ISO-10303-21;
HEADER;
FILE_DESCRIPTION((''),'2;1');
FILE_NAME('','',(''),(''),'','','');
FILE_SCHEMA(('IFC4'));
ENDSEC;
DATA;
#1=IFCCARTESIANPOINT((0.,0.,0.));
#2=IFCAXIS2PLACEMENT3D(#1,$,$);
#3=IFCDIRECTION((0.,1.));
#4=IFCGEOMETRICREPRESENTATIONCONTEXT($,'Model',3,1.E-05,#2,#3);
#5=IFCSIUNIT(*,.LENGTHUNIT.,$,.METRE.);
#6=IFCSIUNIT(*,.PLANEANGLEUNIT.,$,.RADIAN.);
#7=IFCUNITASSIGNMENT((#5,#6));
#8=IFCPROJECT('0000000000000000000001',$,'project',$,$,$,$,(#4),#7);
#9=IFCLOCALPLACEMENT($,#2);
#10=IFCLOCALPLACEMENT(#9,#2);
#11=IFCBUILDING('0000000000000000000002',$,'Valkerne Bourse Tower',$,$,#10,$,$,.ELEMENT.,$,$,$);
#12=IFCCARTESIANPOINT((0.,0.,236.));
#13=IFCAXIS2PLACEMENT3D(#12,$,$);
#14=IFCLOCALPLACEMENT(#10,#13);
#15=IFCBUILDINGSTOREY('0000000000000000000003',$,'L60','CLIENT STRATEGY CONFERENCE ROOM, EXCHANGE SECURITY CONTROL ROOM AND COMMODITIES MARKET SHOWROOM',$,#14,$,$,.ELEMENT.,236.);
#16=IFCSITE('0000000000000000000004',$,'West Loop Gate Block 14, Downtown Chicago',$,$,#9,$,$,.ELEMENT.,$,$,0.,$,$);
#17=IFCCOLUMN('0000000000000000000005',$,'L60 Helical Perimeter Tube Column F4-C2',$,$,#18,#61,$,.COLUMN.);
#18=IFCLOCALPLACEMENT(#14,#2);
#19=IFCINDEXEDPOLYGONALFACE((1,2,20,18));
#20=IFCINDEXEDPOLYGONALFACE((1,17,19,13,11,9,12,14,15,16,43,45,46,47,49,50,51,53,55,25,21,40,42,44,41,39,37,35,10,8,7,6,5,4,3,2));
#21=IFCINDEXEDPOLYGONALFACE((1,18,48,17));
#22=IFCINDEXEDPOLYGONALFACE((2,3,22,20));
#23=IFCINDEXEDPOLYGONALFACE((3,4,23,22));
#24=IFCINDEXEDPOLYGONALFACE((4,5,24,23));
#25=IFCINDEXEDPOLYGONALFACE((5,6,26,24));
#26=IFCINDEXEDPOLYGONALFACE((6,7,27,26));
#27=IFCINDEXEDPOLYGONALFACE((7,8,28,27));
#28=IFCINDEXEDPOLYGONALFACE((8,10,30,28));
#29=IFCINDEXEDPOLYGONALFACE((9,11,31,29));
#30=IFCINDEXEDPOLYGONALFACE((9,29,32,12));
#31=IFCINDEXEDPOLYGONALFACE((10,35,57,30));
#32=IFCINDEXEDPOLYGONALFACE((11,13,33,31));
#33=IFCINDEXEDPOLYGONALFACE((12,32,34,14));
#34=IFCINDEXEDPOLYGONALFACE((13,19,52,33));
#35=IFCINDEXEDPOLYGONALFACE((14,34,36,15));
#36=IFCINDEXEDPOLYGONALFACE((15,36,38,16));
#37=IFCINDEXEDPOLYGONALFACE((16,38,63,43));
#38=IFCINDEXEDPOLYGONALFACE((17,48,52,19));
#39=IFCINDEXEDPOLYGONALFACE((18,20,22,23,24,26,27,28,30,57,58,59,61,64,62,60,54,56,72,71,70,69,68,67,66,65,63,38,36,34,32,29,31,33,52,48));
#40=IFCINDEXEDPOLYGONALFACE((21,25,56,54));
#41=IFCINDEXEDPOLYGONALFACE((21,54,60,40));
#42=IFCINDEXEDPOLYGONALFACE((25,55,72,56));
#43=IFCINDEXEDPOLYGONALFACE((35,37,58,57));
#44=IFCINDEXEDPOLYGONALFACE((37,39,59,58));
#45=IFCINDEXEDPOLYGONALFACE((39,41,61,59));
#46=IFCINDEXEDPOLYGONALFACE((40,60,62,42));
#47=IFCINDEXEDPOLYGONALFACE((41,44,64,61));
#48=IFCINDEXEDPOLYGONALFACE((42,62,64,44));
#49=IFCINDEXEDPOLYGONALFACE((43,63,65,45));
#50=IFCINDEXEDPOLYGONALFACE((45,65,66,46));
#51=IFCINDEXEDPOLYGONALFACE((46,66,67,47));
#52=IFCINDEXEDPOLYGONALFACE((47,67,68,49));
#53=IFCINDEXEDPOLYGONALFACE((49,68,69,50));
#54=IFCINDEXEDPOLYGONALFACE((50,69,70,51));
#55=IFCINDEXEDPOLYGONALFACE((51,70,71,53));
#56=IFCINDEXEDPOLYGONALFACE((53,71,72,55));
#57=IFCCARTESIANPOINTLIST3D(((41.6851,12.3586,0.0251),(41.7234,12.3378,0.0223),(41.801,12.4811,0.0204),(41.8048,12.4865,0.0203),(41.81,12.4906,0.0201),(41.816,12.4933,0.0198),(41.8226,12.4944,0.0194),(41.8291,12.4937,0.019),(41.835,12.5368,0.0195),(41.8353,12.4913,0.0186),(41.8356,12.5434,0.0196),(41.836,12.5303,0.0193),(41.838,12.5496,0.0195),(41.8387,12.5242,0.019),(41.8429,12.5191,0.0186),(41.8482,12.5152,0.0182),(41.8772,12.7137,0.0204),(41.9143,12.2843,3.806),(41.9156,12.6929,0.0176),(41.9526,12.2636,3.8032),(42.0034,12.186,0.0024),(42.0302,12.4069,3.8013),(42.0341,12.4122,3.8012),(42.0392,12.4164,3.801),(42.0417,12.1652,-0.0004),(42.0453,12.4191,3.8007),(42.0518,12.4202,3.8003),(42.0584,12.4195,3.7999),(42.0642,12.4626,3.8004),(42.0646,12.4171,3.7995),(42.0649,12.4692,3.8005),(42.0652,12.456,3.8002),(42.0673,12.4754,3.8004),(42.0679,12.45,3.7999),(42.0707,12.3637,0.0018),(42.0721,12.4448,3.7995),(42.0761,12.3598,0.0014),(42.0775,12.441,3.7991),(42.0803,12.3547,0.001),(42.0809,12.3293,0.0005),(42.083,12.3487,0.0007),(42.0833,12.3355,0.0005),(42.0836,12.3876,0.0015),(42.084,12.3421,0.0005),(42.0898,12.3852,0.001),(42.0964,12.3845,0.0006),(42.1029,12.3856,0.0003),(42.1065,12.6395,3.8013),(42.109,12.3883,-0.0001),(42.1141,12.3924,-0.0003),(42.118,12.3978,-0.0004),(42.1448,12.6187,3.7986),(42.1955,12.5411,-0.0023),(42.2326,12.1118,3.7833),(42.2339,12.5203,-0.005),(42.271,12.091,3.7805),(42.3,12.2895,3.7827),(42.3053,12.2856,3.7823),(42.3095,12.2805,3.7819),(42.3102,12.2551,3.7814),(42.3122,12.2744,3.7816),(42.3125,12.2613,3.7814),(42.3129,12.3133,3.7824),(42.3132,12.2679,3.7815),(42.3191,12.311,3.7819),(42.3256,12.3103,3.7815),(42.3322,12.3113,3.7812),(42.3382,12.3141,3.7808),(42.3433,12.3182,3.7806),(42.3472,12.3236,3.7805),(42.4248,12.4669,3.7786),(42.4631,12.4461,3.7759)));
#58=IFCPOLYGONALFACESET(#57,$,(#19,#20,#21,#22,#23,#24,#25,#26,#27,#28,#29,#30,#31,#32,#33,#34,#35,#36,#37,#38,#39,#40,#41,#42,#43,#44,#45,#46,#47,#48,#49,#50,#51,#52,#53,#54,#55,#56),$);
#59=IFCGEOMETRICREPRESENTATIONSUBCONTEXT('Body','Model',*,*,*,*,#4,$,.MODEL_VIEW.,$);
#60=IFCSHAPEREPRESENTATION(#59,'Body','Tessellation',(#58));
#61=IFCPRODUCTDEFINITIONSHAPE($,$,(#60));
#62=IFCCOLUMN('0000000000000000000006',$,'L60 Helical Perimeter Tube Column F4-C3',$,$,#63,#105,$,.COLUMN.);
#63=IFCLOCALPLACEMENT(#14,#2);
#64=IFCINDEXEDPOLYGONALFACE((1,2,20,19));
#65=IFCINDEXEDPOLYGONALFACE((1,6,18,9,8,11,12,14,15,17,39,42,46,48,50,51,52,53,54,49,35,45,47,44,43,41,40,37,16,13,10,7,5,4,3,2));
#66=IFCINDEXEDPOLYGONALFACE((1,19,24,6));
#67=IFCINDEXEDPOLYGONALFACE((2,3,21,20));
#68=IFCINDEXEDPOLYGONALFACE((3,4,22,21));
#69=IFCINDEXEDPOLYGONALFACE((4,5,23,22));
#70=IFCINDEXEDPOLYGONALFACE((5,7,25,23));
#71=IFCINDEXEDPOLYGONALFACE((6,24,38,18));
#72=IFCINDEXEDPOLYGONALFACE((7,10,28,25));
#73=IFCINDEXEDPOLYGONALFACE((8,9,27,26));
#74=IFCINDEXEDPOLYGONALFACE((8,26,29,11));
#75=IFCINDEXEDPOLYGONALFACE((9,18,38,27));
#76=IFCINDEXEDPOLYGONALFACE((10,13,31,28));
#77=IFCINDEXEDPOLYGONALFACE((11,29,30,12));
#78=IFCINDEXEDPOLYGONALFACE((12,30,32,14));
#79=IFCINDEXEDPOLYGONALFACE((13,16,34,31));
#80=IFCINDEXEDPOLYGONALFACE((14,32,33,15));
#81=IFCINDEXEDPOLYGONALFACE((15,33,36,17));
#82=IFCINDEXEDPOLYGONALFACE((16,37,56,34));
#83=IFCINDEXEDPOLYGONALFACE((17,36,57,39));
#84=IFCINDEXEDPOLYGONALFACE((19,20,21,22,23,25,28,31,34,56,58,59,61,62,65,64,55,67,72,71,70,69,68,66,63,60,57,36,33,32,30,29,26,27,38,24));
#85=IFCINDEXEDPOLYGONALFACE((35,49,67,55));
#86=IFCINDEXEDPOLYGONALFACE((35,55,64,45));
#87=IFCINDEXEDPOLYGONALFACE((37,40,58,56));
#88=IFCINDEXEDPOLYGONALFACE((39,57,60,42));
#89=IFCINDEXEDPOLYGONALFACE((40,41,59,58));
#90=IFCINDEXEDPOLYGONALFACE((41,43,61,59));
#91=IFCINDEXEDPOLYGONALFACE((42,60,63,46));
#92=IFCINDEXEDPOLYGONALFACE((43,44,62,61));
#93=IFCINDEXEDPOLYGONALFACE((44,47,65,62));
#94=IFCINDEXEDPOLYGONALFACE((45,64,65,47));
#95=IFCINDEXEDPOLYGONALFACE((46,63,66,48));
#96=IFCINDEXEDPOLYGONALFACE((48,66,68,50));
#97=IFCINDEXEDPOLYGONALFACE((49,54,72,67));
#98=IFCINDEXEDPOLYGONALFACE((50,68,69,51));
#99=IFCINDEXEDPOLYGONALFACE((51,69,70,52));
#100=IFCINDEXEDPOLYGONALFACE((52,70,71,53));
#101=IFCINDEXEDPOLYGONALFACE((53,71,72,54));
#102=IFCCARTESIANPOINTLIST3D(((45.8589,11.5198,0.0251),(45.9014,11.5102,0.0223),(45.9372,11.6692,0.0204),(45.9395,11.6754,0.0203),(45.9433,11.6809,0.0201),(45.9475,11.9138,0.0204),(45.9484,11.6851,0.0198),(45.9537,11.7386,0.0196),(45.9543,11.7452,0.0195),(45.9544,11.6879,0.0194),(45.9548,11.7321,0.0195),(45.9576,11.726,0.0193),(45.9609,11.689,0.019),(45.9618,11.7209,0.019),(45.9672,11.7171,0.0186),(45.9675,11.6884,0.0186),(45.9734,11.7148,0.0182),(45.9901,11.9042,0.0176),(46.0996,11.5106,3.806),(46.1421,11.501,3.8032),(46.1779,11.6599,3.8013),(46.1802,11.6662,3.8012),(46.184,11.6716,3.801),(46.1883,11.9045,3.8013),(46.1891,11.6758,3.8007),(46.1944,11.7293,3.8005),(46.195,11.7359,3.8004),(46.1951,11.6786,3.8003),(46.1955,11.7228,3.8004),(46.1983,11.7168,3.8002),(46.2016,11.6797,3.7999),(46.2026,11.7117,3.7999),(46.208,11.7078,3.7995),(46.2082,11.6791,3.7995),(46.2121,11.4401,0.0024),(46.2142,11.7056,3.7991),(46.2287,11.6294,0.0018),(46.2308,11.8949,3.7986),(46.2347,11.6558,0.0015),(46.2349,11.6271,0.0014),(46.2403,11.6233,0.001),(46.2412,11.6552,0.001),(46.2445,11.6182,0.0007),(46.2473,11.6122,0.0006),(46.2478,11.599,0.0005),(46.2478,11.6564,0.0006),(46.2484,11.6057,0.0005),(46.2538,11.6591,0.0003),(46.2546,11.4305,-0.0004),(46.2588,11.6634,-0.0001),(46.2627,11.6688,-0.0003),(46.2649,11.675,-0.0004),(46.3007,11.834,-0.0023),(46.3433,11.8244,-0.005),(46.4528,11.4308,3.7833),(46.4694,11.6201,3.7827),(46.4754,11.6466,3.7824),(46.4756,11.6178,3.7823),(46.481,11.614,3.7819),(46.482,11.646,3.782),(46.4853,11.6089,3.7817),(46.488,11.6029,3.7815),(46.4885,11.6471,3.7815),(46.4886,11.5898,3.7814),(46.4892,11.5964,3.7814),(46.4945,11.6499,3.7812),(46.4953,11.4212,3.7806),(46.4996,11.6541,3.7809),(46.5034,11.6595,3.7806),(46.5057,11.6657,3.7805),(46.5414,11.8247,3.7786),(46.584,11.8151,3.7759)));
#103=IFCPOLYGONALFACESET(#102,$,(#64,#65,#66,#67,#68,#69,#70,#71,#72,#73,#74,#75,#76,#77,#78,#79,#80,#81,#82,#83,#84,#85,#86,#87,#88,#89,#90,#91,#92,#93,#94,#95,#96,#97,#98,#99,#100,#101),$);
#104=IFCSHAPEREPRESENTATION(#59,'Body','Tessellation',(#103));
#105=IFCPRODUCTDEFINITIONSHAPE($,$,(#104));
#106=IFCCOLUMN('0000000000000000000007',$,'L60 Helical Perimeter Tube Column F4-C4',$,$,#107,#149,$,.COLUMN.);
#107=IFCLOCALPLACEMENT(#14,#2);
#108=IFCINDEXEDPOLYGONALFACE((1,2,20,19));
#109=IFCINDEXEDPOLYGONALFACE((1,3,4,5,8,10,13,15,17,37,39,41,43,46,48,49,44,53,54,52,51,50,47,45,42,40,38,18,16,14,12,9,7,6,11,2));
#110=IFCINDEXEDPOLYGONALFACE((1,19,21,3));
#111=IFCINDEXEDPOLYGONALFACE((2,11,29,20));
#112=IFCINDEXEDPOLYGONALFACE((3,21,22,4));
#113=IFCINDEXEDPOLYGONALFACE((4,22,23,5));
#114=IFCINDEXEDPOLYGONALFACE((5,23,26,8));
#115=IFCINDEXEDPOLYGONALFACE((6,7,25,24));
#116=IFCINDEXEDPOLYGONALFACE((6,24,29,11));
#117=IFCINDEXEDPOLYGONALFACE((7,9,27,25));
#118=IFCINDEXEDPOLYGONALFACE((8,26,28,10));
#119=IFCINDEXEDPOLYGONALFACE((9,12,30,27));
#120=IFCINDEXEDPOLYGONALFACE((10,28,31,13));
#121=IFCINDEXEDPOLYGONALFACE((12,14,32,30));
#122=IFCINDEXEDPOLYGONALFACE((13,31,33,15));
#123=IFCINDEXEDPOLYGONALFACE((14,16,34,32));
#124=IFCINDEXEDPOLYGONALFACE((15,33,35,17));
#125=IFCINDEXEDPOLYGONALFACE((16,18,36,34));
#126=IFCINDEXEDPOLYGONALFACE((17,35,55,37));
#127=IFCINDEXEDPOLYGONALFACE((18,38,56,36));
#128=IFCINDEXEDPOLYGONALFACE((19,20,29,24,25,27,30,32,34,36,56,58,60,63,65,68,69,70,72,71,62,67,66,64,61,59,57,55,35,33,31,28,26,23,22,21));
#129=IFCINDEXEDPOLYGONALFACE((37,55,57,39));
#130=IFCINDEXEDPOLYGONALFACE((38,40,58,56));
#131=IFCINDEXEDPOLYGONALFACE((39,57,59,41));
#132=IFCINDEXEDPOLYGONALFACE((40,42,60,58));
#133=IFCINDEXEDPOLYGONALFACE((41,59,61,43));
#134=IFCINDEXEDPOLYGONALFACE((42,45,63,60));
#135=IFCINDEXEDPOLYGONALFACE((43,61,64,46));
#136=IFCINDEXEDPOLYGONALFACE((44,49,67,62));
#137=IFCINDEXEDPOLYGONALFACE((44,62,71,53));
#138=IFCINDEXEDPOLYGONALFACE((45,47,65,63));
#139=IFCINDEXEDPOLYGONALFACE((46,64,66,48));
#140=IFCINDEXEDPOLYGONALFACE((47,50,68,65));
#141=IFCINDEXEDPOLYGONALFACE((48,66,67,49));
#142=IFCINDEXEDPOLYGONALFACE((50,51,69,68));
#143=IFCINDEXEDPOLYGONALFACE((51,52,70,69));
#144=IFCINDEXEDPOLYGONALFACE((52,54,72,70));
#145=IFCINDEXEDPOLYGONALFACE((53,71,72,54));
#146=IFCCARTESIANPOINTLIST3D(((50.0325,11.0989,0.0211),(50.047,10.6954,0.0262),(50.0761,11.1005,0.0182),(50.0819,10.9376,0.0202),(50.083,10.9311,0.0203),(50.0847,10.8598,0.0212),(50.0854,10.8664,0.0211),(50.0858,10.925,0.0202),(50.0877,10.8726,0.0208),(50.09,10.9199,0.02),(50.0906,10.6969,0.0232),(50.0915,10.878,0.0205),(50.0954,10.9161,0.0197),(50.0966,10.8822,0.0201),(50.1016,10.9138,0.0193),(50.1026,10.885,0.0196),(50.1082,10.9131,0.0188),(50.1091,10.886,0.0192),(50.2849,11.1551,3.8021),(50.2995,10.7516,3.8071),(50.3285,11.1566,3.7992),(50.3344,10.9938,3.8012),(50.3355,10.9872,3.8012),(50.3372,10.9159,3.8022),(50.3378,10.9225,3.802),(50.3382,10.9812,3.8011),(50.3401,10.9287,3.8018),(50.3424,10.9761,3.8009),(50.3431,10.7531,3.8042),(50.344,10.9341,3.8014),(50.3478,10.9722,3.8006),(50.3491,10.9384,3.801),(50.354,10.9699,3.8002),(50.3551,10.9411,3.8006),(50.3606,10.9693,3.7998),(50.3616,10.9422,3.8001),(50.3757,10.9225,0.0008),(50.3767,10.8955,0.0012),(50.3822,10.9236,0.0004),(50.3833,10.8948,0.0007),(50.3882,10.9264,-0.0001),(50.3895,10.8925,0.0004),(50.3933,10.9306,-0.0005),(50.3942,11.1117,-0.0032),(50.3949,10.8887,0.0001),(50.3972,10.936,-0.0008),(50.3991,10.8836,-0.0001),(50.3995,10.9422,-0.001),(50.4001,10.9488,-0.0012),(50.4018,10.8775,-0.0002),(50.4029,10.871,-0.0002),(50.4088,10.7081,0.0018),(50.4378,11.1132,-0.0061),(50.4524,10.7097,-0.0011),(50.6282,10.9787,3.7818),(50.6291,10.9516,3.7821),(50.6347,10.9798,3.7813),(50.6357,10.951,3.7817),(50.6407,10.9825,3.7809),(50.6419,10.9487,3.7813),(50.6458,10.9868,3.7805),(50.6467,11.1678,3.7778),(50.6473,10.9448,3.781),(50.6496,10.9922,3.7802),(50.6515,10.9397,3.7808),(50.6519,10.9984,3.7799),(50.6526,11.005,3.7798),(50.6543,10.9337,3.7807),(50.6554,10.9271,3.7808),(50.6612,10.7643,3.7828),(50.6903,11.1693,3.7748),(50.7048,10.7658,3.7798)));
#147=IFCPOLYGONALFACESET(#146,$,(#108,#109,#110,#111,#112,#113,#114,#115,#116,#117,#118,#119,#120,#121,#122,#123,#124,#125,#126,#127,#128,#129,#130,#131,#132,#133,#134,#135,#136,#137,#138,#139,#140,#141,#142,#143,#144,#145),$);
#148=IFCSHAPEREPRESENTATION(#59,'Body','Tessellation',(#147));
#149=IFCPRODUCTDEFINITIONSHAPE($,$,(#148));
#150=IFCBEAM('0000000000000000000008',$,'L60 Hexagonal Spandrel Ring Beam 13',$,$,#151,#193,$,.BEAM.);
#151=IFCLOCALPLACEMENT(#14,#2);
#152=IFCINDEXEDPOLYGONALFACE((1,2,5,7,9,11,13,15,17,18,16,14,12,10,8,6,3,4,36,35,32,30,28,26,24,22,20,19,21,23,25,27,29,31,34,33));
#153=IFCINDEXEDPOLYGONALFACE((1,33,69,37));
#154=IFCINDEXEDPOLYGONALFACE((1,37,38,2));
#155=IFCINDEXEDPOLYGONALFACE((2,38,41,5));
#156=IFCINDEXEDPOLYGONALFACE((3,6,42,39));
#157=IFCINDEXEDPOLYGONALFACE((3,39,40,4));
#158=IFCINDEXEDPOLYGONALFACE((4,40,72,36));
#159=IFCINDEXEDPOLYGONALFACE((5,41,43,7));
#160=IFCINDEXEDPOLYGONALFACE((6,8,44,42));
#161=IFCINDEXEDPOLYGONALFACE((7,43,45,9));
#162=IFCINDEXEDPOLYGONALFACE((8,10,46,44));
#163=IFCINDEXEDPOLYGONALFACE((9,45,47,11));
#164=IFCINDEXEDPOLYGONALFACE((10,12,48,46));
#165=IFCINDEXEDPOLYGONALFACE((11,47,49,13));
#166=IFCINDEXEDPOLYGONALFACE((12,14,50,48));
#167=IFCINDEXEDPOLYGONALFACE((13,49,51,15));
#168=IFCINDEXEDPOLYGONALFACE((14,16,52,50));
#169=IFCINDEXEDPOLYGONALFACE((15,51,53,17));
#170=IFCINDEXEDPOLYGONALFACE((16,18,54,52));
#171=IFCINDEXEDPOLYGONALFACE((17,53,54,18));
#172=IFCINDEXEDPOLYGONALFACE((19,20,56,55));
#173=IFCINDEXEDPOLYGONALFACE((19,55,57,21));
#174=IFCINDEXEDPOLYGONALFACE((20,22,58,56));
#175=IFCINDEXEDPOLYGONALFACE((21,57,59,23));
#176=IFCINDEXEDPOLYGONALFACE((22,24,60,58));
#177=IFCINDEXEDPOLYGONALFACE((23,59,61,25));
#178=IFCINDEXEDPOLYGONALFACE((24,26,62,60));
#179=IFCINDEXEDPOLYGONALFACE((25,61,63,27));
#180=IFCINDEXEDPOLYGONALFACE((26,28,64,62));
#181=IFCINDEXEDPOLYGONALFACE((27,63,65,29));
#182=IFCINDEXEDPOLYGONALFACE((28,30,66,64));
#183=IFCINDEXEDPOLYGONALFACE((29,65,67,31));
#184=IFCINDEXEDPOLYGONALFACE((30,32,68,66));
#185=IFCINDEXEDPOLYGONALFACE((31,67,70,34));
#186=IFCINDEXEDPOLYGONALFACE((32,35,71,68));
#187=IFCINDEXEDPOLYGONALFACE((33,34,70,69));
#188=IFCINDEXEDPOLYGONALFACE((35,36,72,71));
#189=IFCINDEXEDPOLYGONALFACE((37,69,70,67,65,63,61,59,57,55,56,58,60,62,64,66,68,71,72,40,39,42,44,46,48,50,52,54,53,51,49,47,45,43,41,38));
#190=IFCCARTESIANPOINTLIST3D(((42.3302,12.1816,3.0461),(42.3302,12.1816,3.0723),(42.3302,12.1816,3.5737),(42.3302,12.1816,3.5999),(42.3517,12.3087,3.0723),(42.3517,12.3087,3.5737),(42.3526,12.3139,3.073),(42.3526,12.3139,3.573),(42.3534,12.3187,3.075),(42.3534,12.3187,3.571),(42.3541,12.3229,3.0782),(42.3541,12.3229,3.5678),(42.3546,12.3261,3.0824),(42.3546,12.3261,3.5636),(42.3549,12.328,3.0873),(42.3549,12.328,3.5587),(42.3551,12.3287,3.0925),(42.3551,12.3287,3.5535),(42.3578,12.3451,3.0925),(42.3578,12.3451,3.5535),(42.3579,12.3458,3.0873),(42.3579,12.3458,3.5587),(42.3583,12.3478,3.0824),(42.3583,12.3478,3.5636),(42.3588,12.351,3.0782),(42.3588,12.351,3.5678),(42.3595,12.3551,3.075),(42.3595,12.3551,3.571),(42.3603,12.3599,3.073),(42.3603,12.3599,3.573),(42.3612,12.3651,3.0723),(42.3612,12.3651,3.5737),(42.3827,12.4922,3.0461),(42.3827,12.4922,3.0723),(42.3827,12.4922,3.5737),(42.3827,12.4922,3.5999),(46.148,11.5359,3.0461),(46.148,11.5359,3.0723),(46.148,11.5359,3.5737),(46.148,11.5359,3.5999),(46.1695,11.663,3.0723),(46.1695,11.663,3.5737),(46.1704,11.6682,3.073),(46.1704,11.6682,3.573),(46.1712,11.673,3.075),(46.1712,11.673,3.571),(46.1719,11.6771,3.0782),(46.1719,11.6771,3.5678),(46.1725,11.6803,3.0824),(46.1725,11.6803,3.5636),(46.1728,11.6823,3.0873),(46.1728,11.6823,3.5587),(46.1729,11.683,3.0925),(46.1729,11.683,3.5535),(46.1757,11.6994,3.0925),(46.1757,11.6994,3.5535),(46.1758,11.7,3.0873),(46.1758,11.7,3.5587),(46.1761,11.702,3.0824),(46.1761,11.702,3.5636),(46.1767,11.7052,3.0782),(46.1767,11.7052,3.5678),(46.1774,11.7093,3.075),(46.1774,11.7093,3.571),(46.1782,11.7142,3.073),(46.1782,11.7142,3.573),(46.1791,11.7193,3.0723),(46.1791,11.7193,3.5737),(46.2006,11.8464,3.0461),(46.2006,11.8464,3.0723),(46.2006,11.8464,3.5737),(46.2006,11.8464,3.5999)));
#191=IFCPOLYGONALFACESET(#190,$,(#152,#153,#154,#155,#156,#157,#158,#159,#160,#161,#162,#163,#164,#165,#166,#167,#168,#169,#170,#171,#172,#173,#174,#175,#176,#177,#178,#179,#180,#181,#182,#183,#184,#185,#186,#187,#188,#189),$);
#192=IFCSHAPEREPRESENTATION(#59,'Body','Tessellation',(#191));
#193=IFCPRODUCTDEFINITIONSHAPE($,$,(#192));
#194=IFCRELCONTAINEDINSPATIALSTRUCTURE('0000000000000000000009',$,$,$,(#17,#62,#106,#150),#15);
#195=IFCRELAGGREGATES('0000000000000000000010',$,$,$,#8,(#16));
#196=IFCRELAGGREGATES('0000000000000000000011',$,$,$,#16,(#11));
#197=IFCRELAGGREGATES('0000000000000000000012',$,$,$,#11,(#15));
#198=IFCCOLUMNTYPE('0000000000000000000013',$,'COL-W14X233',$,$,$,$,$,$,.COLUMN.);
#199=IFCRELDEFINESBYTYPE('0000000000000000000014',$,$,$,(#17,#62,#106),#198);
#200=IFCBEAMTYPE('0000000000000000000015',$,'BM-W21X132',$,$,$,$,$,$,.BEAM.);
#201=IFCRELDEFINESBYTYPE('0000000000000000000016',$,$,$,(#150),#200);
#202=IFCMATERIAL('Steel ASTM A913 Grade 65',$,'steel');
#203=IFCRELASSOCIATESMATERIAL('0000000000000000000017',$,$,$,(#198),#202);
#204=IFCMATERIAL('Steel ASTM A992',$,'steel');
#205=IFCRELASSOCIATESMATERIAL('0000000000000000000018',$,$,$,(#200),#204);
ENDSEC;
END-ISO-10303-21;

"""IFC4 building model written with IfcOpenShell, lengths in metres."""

from ifc_helpers import new_model, si_unit, direction, frame, origin, origin_2d, place, context, subcontext, project, spatial, i_section, extrude, material, material_profile, profile_set, type_object, element, save


model = new_model("IFC4")

# Units and contexts
model_context = context("Model", 3, precision=1e-05, world=origin(), true_north=direction((0.0, 1.0)))
body_context = subcontext(model_context, "Body", "Model", "MODEL_VIEW")
ifc_project = project(units=[si_unit("LENGTHUNIT", "METRE"), si_unit("PLANEANGLEUNIT", "RADIAN")], contexts=[model_context])

# Site, building, storey
site_placement = place(None, origin())
site = spatial("IfcSite", under=ifc_project, at=site_placement, Name="West Loop Gate Block 14, Downtown Chicago", CompositionType="ELEMENT", RefElevation=0.0)
building_placement = place(site_placement, origin())
building = spatial("IfcBuilding", under=site, at=building_placement, Name="Valkerne Bourse Tower", CompositionType="ELEMENT")
storey_placement = place(building_placement, frame((0.0, 0.0, 236.0)))
storey = spatial("IfcBuildingStorey", under=building, at=storey_placement, Name="L60", Description="CLIENT STRATEGY CONFERENCE ROOM, EXCHANGE SECURITY CONTROL ROOM AND COMMODITIES MARKET SHOWROOM", CompositionType="ELEMENT", Elevation=236.0)

# Columns
ifc_material_1 = material(Name="Steel ASTM A913 Grade 65", Category="steel")
ifc_material_profile_1 = material_profile(ifc_material_1, i_section(OverallWidth=0.4038, OverallDepth=0.4065, WebThickness=0.0271, FlangeThickness=0.0437, FilletRadius=0.0254, at=origin_2d()), Name="W14X233")
ifc_profile_set_1 = profile_set([ifc_material_profile_1], Name="Steel ASTM A913 Grade 65")
column_type = type_object("IfcColumnType", Name="COL-W14X233", PredefinedType="COLUMN", material=ifc_profile_set_1)
for number, where, z_axis, x_axis, name in (
    (1, (41.9595, 12.4395, 0.01), (0.060509, -0.01959, 0.997975), (0.475876, 0.879436, -0.01159), "L60 Helical Perimeter Tube Column F4-C2"),
    (2, (46.1011, 11.6721, 0.01), (0.063537, -0.002449, 0.997976), (0.219598, 0.975522, -0.011587), "L60 Helical Perimeter Tube Column F4-C3"),
):
    element("IfcColumn", number, at=place(storey_placement, frame(where, z_axis=z_axis, x_axis=x_axis)), inside=storey, type_object=column_type, Name=name, PredefinedType="COLUMN", context=body_context, shape_type="SweptSolid", body=[
        extrude(i_section(OverallWidth=0.4038, OverallDepth=0.4065, WebThickness=0.0271, FlangeThickness=0.0437, FilletRadius=0.0254, at=origin_2d()), origin(), (0.0, 0.0, 1.0), 3.7886),
    ])
column_placement = place(storey_placement, frame((50.2424, 10.9043, 0.01), z_axis=(0.06661, 0.014817, 0.997669), x_axis=(-0.036021, 0.999274, -0.012435)))
element("IfcColumn", 3, at=column_placement, inside=storey, type_object=column_type, Name="L60 Helical Perimeter Tube Column F4-C4", PredefinedType="COLUMN", context=body_context, shape_type="SweptSolid", body=[
    extrude(i_section(OverallWidth=0.4038, OverallDepth=0.4065, WebThickness=0.0271, FlangeThickness=0.0437, FilletRadius=0.0254, at=origin_2d()), origin(), (0.0, 0.0, 1.0), 3.7898),
])

# Beam
ifc_material_2 = material(Name="Steel ASTM A992", Category="steel")
ifc_material_profile_2 = material_profile(ifc_material_2, i_section(OverallWidth=0.3149, OverallDepth=0.5537, WebThickness=0.0166, FlangeThickness=0.0261, FilletRadius=0.0203, at=origin_2d()), Name="W21X132")
ifc_profile_set_2 = profile_set([ifc_material_profile_2], Name="Steel ASTM A992")
beam_type_1 = type_object("IfcBeamType", Name="BM-W21X132", PredefinedType="BEAM", material=ifc_profile_set_2)
beam_1_placement = place(storey_placement, frame((42.3564, 12.3369, 3.323), z_axis=(0.985996, -0.166771, 0.0), x_axis=(0.166771, 0.985996, 0.0)))
element("IfcBeam", 4, at=beam_1_placement, inside=storey, type_object=beam_type_1, Name="L60 Hexagonal Spandrel Ring Beam 13", PredefinedType="BEAM", context=body_context, shape_type="SweptSolid", body=[
    extrude(i_section(OverallWidth=0.3149, OverallDepth=0.5537, WebThickness=0.0166, FlangeThickness=0.0261, FilletRadius=0.0203, at=origin_2d()), origin(), (0.0, 0.0, 1.0), 3.8721),
])

save(model, "model.ifc")
